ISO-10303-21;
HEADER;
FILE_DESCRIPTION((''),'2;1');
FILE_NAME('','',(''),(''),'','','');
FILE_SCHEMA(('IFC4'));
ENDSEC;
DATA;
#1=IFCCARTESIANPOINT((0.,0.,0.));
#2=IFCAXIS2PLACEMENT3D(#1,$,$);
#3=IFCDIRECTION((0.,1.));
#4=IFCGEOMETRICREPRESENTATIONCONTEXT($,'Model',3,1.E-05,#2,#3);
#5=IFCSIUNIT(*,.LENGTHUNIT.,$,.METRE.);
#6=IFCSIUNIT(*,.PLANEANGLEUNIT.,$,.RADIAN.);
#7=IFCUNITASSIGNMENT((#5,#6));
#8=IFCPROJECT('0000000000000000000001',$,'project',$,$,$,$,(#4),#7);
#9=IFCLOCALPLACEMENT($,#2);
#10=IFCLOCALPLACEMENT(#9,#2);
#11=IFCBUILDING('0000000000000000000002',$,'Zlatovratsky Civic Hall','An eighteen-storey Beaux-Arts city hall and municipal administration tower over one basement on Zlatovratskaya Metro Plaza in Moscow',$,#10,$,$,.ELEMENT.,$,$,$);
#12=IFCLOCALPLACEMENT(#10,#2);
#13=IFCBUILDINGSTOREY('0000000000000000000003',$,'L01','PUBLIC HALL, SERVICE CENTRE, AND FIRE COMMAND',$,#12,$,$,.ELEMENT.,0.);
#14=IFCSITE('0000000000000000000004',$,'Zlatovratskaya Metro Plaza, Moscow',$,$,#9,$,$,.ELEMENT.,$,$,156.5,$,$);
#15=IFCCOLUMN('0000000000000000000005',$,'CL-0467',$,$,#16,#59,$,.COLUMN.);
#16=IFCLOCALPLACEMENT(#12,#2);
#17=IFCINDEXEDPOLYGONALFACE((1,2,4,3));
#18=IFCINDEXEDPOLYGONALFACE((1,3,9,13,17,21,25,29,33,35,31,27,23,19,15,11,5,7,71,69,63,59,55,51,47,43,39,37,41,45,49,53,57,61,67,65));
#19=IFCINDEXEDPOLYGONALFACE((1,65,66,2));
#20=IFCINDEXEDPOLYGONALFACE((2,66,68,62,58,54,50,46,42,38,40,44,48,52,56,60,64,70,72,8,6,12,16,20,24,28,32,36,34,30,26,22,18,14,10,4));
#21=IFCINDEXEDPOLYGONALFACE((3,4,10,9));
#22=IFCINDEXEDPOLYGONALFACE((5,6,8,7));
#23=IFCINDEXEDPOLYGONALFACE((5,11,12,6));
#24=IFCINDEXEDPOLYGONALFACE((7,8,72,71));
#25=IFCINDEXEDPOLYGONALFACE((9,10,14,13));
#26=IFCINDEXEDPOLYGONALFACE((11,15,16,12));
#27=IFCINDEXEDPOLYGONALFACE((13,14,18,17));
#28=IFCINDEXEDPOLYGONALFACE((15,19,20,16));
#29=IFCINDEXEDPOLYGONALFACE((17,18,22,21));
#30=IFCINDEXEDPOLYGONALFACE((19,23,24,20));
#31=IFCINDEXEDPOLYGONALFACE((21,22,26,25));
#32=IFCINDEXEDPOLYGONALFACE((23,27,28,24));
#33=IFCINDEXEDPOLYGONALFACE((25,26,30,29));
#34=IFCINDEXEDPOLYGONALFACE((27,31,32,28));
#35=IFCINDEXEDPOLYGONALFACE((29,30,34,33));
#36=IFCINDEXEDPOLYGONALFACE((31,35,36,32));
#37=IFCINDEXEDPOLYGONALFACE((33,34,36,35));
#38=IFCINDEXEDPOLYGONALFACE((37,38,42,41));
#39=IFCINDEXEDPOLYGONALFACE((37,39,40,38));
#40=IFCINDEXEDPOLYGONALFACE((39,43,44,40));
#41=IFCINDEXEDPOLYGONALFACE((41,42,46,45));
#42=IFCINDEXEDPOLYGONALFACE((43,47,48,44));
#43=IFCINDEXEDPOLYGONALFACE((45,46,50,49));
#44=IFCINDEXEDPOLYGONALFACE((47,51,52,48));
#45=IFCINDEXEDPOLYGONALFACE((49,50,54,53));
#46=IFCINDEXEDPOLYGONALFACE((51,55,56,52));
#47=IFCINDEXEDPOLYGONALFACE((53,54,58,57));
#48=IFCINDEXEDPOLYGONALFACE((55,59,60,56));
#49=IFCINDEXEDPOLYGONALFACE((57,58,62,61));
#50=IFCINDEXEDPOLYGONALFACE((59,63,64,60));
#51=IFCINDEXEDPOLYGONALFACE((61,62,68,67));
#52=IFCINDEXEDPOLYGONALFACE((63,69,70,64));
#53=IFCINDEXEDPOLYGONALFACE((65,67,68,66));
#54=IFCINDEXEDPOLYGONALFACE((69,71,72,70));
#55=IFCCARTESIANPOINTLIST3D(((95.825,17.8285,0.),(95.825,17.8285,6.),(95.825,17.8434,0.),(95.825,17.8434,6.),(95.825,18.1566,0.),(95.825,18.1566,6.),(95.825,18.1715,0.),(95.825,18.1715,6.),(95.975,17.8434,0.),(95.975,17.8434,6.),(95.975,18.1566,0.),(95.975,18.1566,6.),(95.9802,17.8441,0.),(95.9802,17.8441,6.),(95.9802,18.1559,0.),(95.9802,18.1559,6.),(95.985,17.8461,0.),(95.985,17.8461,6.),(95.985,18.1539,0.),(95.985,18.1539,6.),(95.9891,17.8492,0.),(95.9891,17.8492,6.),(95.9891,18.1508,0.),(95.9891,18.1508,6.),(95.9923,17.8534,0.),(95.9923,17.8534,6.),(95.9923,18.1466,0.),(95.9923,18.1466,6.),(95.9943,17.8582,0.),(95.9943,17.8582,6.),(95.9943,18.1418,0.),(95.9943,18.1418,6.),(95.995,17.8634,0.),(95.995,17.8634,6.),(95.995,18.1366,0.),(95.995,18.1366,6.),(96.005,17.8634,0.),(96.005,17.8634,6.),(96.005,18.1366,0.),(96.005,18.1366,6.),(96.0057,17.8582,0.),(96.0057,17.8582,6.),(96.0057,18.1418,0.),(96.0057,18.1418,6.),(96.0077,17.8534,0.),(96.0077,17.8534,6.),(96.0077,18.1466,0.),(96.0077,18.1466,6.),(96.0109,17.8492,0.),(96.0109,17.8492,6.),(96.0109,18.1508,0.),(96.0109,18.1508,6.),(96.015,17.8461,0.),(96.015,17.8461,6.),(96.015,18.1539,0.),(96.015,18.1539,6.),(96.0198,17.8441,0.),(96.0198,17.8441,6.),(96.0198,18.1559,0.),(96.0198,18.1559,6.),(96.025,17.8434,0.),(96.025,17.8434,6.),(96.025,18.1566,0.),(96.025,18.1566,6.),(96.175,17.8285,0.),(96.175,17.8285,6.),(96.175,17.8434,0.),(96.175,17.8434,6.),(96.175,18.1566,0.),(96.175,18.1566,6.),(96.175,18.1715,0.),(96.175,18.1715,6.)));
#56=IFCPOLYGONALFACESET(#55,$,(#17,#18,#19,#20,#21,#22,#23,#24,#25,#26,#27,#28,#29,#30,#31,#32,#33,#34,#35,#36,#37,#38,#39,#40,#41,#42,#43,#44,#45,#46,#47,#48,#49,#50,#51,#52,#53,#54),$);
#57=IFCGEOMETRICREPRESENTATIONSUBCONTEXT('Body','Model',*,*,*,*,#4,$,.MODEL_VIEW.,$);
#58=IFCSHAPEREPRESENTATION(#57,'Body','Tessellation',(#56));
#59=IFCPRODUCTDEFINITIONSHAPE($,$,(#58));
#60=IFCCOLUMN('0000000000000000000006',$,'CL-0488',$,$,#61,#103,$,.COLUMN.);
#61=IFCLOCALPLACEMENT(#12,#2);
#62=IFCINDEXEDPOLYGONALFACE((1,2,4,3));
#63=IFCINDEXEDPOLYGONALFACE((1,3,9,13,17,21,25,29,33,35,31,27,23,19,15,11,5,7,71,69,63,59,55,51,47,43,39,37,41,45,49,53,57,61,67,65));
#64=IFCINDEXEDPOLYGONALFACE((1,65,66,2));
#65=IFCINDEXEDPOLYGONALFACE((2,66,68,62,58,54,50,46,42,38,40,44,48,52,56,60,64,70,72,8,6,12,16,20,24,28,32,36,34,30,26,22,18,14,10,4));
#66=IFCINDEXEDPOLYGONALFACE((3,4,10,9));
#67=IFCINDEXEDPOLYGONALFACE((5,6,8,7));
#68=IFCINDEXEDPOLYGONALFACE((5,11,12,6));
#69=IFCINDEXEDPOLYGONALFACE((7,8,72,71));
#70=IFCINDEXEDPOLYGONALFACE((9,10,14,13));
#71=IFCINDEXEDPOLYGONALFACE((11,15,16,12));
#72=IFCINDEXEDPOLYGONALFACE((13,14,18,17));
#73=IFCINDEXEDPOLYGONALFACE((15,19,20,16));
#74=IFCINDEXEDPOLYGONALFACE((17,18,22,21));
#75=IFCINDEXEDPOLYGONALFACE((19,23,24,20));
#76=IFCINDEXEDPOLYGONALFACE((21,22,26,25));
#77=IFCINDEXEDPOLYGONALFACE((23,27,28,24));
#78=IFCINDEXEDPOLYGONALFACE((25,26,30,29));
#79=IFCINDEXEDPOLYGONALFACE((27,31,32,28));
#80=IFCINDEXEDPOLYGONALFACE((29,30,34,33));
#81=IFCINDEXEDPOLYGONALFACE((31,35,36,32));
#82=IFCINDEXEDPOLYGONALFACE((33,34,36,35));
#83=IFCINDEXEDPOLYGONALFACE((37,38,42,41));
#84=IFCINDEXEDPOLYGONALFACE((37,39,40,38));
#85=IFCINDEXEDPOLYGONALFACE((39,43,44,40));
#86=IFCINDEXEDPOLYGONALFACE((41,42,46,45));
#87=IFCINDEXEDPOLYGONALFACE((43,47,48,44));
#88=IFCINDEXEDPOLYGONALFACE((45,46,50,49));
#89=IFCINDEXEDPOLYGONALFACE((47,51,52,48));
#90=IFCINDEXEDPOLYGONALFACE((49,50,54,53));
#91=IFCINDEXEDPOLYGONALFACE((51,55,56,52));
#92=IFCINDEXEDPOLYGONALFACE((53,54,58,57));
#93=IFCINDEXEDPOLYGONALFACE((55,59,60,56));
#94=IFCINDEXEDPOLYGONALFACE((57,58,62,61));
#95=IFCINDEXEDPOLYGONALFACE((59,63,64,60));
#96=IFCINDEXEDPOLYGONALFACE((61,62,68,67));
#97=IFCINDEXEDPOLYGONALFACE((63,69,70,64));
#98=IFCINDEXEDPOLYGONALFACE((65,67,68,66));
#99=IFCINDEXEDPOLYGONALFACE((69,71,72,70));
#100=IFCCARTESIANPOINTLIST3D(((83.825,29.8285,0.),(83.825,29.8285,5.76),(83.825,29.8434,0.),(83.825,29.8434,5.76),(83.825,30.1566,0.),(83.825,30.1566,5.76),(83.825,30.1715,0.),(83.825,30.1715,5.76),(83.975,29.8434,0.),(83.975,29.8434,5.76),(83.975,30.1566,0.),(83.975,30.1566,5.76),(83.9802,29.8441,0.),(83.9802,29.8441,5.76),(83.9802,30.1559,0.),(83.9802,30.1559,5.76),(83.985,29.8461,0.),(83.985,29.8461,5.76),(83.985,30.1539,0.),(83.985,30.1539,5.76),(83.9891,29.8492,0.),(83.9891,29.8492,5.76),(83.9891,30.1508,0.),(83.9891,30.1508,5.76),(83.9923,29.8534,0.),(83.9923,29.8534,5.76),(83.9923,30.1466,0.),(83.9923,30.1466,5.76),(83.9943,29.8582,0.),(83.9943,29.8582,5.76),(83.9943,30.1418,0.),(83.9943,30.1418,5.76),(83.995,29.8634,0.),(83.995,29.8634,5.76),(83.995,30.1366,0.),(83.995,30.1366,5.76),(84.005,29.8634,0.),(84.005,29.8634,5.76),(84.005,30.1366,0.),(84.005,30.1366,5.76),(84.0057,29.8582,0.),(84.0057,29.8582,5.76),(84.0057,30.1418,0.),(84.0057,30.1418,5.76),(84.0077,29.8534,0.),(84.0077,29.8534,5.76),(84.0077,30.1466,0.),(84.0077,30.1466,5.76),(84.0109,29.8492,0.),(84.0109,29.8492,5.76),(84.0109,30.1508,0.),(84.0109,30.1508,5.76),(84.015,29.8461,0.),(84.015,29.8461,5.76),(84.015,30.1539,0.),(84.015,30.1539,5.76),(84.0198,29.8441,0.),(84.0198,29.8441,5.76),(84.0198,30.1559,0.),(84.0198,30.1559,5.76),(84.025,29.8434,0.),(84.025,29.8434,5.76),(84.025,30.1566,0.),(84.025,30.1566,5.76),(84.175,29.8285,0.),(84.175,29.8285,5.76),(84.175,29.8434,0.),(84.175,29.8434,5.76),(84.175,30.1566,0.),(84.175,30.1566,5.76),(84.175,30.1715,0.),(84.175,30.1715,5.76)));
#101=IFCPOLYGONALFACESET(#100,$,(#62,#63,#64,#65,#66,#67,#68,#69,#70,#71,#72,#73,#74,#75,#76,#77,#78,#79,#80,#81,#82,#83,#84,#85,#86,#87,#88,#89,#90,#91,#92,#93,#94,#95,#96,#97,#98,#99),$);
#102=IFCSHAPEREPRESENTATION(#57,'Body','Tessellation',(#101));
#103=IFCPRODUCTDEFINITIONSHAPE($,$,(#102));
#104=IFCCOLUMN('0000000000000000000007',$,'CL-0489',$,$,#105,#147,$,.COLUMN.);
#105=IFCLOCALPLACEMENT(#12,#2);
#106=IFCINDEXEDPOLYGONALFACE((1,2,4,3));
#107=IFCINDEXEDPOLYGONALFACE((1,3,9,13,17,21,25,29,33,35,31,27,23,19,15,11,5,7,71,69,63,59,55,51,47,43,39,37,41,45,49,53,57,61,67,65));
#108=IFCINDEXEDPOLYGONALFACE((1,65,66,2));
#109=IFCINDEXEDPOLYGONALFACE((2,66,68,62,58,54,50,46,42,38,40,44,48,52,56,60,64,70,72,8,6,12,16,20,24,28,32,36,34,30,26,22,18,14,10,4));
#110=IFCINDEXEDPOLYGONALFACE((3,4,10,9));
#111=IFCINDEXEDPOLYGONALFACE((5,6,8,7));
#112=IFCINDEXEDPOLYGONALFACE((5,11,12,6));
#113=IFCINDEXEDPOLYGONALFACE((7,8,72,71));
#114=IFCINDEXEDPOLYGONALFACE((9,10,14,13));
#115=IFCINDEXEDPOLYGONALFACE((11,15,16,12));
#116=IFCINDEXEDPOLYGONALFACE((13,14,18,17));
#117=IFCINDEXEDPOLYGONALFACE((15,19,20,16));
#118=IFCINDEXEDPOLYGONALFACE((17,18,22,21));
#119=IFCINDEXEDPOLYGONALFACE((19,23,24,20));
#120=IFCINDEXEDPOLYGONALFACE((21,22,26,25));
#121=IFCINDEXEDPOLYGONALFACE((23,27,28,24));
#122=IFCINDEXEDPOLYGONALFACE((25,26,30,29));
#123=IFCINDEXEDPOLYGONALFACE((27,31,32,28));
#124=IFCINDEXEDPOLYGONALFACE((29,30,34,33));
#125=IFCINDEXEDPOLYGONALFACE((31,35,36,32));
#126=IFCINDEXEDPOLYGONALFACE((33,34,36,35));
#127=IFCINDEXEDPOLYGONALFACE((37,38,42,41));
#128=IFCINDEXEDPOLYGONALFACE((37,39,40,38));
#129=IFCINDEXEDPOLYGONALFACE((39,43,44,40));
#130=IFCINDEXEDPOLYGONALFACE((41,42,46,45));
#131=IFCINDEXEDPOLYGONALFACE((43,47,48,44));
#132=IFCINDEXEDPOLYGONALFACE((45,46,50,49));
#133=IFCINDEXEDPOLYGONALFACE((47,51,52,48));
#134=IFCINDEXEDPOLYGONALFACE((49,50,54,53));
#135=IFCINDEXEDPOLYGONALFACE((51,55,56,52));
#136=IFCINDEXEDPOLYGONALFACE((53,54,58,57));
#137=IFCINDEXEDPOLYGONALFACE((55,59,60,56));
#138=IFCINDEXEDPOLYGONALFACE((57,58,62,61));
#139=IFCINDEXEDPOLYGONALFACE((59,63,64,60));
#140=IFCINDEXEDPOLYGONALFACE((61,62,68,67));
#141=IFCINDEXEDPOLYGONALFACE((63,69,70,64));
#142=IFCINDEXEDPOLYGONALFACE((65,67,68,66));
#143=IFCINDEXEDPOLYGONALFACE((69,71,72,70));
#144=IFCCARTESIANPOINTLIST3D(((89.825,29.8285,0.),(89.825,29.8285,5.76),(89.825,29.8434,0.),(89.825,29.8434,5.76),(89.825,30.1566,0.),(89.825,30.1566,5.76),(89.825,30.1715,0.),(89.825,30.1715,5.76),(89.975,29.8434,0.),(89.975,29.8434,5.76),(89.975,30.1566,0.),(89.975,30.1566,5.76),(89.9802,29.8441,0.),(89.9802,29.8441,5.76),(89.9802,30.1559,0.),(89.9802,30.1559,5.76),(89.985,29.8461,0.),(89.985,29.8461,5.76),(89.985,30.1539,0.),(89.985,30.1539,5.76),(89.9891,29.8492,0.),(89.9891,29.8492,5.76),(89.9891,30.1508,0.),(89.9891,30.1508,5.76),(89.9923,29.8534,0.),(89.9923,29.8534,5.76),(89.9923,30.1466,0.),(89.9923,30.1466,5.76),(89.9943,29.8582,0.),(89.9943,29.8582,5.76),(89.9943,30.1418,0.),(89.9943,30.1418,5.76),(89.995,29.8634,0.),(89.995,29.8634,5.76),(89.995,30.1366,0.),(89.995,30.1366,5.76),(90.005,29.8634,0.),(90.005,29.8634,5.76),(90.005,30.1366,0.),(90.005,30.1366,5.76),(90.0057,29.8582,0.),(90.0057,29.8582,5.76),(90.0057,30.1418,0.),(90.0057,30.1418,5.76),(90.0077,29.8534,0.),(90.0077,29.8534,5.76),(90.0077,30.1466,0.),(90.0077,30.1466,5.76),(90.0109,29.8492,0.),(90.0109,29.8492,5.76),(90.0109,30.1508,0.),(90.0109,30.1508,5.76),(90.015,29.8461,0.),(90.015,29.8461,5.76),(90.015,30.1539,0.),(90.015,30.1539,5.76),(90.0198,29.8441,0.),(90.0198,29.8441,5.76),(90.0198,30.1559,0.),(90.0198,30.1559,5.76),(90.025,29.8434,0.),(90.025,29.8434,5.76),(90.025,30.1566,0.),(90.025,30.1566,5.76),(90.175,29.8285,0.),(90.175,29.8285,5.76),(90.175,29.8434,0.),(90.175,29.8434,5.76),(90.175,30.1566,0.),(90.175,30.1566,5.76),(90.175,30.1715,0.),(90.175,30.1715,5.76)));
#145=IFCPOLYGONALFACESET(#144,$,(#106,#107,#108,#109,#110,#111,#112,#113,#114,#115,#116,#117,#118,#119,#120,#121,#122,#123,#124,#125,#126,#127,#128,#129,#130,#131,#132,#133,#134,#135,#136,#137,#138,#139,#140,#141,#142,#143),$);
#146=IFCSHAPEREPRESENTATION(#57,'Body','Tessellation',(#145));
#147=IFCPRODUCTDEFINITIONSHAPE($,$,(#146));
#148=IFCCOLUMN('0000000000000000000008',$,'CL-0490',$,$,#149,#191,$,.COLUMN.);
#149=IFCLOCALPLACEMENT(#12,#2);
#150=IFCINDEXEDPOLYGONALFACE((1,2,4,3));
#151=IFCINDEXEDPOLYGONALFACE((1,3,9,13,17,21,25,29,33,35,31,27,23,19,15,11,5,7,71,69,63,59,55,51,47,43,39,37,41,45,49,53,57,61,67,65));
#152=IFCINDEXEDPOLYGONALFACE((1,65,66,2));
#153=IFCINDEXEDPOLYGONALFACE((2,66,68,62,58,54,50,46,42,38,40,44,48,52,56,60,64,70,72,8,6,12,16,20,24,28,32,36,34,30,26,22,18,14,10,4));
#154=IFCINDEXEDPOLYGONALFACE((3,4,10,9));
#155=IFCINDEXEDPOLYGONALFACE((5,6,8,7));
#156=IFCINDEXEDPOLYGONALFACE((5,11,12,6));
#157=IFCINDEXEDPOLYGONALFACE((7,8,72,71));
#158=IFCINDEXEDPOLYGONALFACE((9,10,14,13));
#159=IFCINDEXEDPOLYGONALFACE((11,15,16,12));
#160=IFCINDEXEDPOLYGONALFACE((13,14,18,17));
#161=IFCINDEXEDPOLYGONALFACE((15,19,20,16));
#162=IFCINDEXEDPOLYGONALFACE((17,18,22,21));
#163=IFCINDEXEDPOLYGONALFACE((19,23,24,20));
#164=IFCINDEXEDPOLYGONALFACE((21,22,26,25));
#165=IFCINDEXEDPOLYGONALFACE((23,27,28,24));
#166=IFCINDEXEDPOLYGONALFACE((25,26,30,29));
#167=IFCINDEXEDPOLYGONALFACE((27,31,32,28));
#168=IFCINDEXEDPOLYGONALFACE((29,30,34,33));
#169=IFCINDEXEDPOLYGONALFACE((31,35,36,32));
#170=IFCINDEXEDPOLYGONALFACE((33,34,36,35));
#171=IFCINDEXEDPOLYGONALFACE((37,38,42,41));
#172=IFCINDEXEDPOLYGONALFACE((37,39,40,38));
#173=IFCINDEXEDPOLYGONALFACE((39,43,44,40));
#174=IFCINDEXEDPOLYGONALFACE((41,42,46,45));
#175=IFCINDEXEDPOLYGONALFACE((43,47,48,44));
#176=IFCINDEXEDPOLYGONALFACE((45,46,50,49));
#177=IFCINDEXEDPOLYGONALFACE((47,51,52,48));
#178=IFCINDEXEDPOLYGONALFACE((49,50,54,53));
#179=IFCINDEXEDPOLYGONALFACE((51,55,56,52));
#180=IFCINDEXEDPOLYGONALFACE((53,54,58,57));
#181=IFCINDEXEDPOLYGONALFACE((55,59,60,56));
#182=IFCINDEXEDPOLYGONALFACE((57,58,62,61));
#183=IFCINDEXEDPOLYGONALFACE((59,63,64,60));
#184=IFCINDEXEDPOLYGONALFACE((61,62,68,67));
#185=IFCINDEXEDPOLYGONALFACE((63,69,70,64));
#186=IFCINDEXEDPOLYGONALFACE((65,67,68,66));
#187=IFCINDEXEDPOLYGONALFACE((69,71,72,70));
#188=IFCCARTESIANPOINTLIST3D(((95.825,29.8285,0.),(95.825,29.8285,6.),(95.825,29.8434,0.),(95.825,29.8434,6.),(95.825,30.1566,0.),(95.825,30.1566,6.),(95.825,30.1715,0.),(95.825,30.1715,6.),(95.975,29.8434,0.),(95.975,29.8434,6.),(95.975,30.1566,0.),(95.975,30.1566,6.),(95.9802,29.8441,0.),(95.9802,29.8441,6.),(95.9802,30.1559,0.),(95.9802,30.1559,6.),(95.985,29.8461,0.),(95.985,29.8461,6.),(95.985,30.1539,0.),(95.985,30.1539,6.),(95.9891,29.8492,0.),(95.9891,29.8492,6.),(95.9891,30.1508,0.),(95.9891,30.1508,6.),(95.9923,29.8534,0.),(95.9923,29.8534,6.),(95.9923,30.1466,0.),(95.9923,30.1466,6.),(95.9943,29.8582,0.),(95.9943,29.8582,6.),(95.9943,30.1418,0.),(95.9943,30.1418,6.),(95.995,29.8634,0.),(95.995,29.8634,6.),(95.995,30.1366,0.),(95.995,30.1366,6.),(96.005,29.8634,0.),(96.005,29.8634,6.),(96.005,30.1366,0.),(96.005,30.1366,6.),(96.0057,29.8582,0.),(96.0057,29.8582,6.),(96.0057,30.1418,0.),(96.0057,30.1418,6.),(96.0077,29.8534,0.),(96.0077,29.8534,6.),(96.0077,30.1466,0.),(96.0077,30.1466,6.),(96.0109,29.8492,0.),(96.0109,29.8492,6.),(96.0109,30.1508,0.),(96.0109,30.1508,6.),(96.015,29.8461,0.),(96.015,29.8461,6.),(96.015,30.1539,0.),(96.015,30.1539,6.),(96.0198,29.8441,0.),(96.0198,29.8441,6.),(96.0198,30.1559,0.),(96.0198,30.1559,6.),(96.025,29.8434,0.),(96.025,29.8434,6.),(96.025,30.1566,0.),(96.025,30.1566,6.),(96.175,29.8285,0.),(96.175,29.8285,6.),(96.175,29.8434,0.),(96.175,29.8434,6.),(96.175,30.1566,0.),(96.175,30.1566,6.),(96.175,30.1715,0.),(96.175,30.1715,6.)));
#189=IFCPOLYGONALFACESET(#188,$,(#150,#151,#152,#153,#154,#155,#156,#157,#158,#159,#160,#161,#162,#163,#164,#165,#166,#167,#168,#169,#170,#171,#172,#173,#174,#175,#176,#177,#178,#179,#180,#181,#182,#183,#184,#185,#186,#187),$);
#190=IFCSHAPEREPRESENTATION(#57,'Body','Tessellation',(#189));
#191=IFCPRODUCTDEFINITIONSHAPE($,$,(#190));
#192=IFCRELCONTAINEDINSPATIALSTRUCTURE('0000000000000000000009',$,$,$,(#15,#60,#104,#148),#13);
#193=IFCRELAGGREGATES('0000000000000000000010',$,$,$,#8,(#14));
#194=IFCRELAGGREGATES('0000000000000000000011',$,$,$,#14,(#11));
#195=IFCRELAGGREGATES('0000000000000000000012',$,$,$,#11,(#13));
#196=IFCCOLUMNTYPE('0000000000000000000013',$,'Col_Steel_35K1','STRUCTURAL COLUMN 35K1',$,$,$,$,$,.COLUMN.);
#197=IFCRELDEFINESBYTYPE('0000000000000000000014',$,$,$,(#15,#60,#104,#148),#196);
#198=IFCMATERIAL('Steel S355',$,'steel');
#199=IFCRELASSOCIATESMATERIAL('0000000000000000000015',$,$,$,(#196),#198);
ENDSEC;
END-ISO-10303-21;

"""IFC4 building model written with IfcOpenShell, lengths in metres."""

from ifc_helpers import new_model, si_unit, direction, frame, origin, origin_2d, place, context, subcontext, project, spatial, i_section, extrude, material, material_profile, profile_set, type_object, element, save


model = new_model("IFC4")

# Units and contexts
model_context = context("Model", 3, precision=1e-05, world=origin(), true_north=direction((0.0, 1.0)))
body_context = subcontext(model_context, "Body", "Model", "MODEL_VIEW")
ifc_project = project(units=[si_unit("LENGTHUNIT", "METRE"), si_unit("PLANEANGLEUNIT", "RADIAN")], contexts=[model_context])

# Site, building, storey
site_placement = place(None, origin())
site = spatial("IfcSite", under=ifc_project, at=site_placement, Name="Zlatovratskaya Metro Plaza, Moscow", CompositionType="ELEMENT", RefElevation=156.5)
building_placement = place(site_placement, origin())
building = spatial("IfcBuilding", under=site, at=building_placement, Name="Zlatovratsky Civic Hall", Description="An eighteen-storey Beaux-Arts city hall and municipal administration tower over one basement on Zlatovratskaya Metro Plaza in Moscow", CompositionType="ELEMENT")
storey_placement = place(building_placement, origin())
storey = spatial("IfcBuildingStorey", under=building, at=storey_placement, Name="L01", Description="PUBLIC HALL, SERVICE CENTRE, AND FIRE COMMAND", CompositionType="ELEMENT", Elevation=0.0)

# Columns
ifc_material_1 = material(Name="Steel S355", Category="steel")
ifc_material_profile_1 = material_profile(ifc_material_1, i_section(OverallWidth=0.3501, OverallDepth=0.343, WebThickness=0.01, FlangeThickness=0.0149, FilletRadius=0.02, at=origin_2d()), Name="35K1")
ifc_profile_set_1 = profile_set([ifc_material_profile_1], Name="Steel S355")
column_type_1 = type_object("IfcColumnType", Name="Col_Steel_35K1", Description="STRUCTURAL COLUMN 35K1", PredefinedType="COLUMN", material=ifc_profile_set_1)
for number, where, z_axis, x_axis, name in (
    (1, (96.0, 18.0, 0.0), (0.0, 0.0, 1.0), (1.0, 0.0, 0.0), "CL-0467"),
):
    element("IfcColumn", number, at=place(storey_placement, frame(where, z_axis=z_axis, x_axis=x_axis)), inside=storey, type_object=column_type_1, Name=name, PredefinedType="COLUMN", context=body_context, shape_type="SweptSolid", body=[
        extrude(i_section(OverallWidth=0.3501, OverallDepth=0.343, WebThickness=0.01, FlangeThickness=0.0149, FilletRadius=0.02, at=origin_2d()), origin(), (0.0, 0.0, 1.0), 6.0),
    ])
for number, where, z_axis, x_axis, name in (
    (2, (84.0, 30.0, 0.0), (0.0, 0.0, 1.0), (1.0, 0.0, 0.0), "CL-0488"),
    (3, (90.0, 30.0, 0.0), (0.0, 0.0, 1.0), (1.0, 0.0, 0.0), "CL-0489"),
):
    element("IfcColumn", number, at=place(storey_placement, frame(where, z_axis=z_axis, x_axis=x_axis)), inside=storey, type_object=column_type_1, Name=name, PredefinedType="COLUMN", context=body_context, shape_type="SweptSolid", body=[
        extrude(i_section(OverallWidth=0.3501, OverallDepth=0.343, WebThickness=0.01, FlangeThickness=0.0149, FilletRadius=0.02, at=origin_2d()), origin(), (0.0, 0.0, 1.0), 5.76),
    ])
for number, where, z_axis, x_axis, name in (
    (4, (96.0, 30.0, 0.0), (0.0, 0.0, 1.0), (1.0, 0.0, 0.0), "CL-0490"),
):
    element("IfcColumn", number, at=place(storey_placement, frame(where, z_axis=z_axis, x_axis=x_axis)), inside=storey, type_object=column_type_1, Name=name, PredefinedType="COLUMN", context=body_context, shape_type="SweptSolid", body=[
        extrude(i_section(OverallWidth=0.3501, OverallDepth=0.343, WebThickness=0.01, FlangeThickness=0.0149, FilletRadius=0.02, at=origin_2d()), origin(), (0.0, 0.0, 1.0), 6.0),
    ])

save(model, "model.ifc")
